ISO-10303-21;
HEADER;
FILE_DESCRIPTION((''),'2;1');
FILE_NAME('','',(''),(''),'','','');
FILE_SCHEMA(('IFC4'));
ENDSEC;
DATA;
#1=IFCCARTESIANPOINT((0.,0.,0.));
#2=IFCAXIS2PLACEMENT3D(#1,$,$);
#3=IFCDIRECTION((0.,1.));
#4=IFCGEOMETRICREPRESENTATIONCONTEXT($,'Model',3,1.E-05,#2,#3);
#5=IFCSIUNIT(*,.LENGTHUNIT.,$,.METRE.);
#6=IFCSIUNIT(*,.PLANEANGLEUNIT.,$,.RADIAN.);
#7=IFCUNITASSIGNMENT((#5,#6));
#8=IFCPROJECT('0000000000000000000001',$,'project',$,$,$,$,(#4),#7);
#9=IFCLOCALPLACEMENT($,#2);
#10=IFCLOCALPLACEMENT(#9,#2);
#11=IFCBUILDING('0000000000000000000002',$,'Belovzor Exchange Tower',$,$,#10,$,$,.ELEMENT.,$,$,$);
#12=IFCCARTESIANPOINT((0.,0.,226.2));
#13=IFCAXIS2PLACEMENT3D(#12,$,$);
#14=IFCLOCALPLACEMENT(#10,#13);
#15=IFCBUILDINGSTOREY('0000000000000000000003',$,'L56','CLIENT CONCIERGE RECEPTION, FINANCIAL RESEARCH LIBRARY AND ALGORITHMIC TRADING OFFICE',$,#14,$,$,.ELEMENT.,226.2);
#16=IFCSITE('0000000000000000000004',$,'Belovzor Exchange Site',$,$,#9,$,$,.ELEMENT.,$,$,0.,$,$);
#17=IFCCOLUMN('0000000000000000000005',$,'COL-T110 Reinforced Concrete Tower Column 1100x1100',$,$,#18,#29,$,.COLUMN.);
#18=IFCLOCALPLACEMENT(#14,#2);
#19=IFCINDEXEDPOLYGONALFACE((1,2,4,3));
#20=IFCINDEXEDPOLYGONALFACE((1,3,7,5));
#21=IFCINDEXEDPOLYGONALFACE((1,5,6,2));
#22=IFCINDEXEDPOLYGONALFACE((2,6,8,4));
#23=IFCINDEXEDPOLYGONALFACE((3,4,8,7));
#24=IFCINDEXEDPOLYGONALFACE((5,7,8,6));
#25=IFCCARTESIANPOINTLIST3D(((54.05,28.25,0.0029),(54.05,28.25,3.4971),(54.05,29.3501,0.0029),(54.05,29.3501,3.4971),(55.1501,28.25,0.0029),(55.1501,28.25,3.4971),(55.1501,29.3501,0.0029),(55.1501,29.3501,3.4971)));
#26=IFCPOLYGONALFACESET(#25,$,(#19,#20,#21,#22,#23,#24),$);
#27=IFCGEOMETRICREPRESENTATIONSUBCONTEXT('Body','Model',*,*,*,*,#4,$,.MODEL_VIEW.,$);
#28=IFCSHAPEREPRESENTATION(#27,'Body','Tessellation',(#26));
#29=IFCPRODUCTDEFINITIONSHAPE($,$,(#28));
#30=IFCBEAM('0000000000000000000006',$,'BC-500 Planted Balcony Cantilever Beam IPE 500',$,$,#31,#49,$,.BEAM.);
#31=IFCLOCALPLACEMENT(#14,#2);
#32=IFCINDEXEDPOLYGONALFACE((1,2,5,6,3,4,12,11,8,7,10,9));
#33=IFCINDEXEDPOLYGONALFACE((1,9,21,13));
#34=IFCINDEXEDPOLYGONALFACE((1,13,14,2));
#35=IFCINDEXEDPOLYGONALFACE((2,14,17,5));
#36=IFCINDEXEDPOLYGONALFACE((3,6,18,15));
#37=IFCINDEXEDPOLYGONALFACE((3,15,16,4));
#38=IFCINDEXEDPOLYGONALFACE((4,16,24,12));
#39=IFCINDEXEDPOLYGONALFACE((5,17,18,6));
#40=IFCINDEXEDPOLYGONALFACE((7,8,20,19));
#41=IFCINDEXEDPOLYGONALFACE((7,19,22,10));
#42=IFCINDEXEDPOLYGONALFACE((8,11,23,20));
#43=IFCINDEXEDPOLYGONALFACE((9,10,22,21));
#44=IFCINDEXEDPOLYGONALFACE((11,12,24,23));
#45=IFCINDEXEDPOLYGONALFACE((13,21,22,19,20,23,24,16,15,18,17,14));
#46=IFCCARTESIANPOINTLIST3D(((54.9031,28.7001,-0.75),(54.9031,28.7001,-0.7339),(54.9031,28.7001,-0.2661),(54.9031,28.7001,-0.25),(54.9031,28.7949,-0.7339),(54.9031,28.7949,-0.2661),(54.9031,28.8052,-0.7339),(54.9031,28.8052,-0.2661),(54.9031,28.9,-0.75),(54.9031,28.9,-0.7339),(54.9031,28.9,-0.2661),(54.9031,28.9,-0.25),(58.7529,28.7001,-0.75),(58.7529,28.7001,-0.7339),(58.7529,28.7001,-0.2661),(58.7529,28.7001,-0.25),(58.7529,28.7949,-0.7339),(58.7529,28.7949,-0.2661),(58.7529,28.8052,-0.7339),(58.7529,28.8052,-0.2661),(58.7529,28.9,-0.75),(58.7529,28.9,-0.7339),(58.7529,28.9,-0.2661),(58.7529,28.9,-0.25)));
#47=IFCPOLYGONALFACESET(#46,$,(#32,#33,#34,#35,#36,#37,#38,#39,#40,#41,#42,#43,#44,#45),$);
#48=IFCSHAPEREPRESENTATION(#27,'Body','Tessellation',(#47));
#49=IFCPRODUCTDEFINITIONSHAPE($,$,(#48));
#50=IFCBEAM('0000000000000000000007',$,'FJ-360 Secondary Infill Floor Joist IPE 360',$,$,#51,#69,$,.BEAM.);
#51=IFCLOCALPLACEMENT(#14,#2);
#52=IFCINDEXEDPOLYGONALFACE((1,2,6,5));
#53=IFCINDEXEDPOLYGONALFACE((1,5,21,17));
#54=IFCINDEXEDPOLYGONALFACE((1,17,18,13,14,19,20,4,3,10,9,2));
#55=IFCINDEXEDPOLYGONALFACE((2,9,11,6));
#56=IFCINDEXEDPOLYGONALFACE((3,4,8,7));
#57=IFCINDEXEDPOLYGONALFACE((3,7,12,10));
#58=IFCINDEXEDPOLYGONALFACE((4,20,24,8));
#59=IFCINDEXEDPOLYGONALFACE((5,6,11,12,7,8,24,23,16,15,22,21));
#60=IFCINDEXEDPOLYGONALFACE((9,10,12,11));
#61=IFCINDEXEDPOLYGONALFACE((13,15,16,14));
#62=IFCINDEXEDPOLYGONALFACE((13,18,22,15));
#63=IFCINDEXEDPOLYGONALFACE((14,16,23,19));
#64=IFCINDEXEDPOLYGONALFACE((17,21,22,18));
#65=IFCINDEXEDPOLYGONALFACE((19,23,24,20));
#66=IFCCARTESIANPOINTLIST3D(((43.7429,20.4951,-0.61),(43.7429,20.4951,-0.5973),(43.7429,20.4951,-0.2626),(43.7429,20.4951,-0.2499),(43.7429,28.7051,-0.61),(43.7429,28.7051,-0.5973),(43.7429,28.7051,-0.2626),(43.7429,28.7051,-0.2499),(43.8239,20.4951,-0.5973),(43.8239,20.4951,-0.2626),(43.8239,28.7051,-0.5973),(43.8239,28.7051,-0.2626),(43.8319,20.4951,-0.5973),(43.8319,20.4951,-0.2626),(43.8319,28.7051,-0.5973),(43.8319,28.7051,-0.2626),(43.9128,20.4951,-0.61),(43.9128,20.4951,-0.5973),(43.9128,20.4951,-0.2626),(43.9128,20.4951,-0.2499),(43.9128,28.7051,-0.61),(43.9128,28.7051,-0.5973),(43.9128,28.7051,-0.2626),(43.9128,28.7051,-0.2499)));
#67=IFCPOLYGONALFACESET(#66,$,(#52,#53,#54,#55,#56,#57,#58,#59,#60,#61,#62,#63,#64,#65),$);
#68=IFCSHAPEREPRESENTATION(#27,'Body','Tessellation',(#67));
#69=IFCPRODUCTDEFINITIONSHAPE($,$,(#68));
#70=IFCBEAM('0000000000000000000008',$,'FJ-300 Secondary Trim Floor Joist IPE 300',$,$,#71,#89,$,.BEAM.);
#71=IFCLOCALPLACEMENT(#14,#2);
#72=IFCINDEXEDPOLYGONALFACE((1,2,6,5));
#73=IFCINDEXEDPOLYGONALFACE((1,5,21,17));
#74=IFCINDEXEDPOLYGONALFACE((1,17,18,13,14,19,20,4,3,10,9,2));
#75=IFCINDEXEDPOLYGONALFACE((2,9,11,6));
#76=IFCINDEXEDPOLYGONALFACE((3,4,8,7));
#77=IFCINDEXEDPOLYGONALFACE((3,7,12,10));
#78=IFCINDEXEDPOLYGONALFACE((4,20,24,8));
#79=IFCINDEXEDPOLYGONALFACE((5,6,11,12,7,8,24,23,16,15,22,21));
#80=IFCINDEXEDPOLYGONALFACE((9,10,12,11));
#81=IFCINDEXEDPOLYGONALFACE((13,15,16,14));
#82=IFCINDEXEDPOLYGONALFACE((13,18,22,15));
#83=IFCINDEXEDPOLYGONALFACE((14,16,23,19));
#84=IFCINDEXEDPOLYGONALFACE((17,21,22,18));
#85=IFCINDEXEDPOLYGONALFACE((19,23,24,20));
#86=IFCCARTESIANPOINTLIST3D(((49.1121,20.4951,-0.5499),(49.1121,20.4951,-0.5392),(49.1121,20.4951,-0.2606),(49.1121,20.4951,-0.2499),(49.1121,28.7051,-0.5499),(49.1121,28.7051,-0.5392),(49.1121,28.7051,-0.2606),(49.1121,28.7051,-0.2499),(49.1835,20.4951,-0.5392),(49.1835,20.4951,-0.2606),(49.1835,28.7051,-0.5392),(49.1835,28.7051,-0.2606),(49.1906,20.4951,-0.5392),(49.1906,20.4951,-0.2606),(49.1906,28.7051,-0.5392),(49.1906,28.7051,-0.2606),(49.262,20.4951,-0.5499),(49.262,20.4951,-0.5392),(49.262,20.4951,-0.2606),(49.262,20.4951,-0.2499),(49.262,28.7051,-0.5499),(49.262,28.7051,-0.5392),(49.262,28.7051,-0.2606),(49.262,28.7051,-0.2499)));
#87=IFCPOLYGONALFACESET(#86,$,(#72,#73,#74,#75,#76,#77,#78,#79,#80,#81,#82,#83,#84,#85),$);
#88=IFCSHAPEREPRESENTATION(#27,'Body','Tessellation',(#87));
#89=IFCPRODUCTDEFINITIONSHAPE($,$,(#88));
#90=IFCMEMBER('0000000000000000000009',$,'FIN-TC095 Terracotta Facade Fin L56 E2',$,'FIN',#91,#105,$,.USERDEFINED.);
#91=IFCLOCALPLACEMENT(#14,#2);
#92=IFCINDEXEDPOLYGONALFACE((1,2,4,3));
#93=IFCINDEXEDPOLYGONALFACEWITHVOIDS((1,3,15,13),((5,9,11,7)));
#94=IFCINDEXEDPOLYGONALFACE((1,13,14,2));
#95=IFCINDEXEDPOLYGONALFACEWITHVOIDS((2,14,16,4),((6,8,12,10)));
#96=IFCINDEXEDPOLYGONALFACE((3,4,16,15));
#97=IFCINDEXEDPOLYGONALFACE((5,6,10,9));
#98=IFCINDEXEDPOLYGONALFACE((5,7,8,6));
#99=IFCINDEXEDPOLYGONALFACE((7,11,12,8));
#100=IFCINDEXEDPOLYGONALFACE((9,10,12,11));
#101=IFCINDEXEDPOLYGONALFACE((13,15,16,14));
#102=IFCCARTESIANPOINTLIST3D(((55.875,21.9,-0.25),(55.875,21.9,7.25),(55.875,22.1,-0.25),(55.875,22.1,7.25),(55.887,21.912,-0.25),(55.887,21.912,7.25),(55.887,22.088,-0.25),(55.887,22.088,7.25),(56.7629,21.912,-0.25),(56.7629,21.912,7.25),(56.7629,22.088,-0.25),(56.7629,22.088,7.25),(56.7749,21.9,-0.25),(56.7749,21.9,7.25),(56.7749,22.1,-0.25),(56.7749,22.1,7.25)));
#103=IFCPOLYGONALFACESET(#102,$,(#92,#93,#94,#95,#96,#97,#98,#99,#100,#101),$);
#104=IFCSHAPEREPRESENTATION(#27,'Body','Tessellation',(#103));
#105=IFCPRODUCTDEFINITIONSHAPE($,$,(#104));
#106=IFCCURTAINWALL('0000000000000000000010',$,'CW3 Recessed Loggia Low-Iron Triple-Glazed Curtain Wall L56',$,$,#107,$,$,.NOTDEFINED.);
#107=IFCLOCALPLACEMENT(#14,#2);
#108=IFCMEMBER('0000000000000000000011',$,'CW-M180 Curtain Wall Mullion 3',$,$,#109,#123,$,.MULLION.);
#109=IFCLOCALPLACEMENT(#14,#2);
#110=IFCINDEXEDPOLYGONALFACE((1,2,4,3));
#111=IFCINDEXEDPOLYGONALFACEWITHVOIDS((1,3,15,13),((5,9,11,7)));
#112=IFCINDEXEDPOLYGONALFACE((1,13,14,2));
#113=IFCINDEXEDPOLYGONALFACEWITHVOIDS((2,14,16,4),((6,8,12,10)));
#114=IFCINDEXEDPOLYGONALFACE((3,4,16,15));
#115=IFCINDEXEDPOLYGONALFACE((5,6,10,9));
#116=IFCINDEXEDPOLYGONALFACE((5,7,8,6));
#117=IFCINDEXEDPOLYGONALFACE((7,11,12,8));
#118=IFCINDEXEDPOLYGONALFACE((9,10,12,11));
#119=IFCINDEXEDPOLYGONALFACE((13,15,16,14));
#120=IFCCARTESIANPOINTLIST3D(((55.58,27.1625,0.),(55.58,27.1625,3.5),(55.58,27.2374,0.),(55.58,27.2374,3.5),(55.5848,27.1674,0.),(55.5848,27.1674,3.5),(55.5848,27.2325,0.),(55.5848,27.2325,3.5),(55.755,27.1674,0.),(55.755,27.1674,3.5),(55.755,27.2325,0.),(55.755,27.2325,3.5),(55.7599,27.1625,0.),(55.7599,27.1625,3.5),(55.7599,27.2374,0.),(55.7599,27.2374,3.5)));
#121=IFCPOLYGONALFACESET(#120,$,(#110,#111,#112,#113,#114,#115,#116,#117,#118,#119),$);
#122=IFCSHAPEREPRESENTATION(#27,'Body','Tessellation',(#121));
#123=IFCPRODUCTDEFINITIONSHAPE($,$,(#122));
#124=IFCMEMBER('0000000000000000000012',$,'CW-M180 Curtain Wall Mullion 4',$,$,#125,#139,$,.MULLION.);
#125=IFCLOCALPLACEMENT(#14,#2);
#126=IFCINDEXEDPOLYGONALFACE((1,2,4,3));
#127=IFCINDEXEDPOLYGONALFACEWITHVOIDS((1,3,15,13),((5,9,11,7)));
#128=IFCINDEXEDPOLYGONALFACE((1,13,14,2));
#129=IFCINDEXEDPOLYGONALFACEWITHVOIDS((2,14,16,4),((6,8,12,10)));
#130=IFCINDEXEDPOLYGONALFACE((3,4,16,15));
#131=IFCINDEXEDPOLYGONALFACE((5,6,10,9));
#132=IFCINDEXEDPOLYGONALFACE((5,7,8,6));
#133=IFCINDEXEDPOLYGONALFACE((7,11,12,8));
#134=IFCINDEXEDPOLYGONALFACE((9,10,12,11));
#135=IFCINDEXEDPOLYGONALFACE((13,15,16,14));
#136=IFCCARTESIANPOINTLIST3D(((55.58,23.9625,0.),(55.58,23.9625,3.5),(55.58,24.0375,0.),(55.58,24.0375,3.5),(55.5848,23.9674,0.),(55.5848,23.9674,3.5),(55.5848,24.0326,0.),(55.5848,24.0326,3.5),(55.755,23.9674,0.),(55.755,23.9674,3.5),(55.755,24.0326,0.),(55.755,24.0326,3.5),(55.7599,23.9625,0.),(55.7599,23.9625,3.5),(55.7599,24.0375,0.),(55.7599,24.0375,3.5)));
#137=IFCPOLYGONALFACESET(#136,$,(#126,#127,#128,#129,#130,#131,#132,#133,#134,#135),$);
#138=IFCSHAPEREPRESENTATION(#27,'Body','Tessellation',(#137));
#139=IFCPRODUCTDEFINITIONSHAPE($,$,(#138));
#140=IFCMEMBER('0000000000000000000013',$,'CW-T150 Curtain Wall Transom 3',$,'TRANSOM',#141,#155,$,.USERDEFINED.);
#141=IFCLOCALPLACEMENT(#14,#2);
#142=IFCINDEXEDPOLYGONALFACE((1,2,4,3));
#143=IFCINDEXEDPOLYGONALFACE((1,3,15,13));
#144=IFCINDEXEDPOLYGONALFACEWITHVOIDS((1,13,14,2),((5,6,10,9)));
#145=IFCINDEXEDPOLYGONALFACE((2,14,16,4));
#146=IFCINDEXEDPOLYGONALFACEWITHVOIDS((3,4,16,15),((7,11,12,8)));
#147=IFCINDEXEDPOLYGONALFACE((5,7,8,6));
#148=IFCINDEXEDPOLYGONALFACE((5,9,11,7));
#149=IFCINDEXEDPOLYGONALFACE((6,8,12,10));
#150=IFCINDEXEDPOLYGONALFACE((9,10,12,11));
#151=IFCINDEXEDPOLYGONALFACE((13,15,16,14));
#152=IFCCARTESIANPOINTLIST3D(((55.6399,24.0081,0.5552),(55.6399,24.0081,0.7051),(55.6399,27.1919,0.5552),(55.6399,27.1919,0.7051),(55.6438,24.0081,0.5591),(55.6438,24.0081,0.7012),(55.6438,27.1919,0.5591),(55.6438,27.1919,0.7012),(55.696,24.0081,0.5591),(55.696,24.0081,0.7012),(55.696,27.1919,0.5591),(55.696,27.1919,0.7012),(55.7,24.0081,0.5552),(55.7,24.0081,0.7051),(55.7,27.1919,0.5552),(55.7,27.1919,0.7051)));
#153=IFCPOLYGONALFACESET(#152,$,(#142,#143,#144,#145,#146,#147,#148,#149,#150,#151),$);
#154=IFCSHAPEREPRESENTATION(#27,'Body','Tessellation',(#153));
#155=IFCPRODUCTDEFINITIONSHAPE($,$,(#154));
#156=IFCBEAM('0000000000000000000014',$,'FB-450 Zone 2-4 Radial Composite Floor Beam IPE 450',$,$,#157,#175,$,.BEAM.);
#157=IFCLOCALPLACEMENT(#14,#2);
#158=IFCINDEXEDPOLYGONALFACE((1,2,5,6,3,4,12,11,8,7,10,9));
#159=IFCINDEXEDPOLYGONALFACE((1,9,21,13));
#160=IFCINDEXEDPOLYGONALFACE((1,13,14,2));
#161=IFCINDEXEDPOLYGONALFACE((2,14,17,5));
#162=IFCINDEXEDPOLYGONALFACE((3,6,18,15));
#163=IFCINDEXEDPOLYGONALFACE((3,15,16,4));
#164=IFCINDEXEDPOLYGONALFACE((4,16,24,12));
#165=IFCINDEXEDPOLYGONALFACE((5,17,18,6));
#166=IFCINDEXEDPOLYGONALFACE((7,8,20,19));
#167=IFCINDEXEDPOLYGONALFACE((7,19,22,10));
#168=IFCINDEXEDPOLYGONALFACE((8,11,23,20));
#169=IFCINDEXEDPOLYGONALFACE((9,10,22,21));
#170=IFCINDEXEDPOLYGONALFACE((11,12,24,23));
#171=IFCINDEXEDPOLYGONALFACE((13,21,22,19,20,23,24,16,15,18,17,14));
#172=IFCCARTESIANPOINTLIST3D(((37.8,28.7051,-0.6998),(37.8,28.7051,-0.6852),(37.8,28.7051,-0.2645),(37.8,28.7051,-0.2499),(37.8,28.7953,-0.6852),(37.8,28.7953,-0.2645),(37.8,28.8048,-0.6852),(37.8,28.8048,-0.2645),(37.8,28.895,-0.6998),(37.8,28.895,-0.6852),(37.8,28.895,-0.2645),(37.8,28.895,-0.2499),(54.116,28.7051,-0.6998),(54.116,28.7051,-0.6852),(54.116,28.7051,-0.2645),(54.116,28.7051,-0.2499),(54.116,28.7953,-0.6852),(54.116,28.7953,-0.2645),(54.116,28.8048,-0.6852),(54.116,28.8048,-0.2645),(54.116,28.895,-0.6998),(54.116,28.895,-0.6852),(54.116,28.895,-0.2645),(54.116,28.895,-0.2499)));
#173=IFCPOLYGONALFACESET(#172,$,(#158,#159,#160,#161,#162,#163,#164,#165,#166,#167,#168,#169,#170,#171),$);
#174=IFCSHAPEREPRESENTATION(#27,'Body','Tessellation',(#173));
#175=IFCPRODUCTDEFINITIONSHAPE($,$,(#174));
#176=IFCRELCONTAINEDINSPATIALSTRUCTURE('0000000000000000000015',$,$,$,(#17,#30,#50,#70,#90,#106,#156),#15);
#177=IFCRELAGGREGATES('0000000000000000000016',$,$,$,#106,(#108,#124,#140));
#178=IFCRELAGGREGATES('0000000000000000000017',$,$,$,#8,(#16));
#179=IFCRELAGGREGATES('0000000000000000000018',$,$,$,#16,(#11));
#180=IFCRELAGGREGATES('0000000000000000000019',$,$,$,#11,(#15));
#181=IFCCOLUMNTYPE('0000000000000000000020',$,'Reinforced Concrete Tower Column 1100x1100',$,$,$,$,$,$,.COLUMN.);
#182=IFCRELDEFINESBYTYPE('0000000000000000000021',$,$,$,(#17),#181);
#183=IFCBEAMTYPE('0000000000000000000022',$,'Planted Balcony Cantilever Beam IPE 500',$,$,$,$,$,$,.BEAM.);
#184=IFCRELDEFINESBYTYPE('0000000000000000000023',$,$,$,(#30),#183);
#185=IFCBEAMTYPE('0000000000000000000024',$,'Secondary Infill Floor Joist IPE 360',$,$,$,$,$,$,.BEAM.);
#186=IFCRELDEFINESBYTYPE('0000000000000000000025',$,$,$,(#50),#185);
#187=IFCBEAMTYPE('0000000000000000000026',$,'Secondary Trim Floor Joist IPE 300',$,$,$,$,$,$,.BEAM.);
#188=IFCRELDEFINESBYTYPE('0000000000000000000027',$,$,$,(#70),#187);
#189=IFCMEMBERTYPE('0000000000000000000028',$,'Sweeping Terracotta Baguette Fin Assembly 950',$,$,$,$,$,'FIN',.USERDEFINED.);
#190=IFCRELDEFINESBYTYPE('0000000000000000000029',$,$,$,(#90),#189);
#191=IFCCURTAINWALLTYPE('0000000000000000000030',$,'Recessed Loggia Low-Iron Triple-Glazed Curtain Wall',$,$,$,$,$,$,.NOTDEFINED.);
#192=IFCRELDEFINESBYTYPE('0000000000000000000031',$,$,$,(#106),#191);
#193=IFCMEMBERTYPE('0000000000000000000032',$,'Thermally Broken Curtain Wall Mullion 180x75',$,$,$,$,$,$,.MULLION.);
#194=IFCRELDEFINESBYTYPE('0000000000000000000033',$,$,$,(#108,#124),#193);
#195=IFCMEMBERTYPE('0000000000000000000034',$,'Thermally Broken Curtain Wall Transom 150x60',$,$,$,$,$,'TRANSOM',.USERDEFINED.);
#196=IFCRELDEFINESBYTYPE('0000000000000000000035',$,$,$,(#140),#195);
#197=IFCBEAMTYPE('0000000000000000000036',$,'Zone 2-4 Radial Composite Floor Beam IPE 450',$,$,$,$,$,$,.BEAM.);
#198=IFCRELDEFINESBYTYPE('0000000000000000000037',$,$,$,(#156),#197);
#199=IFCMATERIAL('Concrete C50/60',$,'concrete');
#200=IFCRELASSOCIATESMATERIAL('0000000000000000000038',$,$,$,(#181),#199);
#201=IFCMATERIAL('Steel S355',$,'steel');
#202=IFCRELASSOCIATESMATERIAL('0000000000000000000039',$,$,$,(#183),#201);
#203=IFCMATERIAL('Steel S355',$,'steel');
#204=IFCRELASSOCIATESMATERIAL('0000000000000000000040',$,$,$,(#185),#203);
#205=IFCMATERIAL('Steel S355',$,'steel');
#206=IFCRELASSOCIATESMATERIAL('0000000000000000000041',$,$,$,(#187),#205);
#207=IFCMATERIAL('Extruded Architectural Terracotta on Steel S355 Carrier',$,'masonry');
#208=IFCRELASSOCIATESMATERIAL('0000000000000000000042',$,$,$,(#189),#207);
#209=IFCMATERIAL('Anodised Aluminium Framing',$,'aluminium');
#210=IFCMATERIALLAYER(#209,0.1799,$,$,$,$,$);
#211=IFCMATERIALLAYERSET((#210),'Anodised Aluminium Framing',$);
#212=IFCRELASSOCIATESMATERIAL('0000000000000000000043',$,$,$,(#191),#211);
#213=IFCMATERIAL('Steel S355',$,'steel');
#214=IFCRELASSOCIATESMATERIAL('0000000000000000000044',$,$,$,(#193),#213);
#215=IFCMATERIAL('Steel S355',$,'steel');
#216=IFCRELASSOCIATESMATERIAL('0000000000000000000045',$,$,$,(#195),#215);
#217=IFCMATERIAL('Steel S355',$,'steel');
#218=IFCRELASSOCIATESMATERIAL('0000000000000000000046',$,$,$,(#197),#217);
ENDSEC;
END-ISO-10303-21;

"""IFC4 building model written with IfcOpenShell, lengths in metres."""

from ifc_helpers import new_model, si_unit, direction, frame, origin, origin_2d, place, context, subcontext, project, spatial, rectangle, hollow_rectangle, i_section, extrude, material, layer, layer_set, material_profile, profile_set, type_object, element, aggregate, save


model = new_model("IFC4")

# Units and contexts
model_context = context("Model", 3, precision=1e-05, world=origin(), true_north=direction((0.0, 1.0)))
body_context = subcontext(model_context, "Body", "Model", "MODEL_VIEW")
ifc_project = project(units=[si_unit("LENGTHUNIT", "METRE"), si_unit("PLANEANGLEUNIT", "RADIAN")], contexts=[model_context])

# Site, building, storey
site_placement = place(None, origin())
site = spatial("IfcSite", under=ifc_project, at=site_placement, Name="Belovzor Exchange Site", CompositionType="ELEMENT", RefElevation=0.0)
building_placement = place(site_placement, origin())
building = spatial("IfcBuilding", under=site, at=building_placement, Name="Belovzor Exchange Tower", CompositionType="ELEMENT")
storey_placement = place(building_placement, frame((0.0, 0.0, 226.2)))
storey = spatial("IfcBuildingStorey", under=building, at=storey_placement, Name="L56", Description="CLIENT CONCIERGE RECEPTION, FINANCIAL RESEARCH LIBRARY AND ALGORITHMIC TRADING OFFICE", CompositionType="ELEMENT", Elevation=226.2)

# Column
ifc_material_1 = material(Name="Concrete C50/60", Category="concrete")
ifc_material_profile_1 = material_profile(ifc_material_1, rectangle(XDim=1.1001, YDim=1.1001, at=origin_2d()))
ifc_profile_set_1 = profile_set([ifc_material_profile_1], Name="Concrete C50/60")
column_type = type_object("IfcColumnType", Name="Reinforced Concrete Tower Column 1100x1100", PredefinedType="COLUMN", material=ifc_profile_set_1)
column_placement = place(storey_placement, frame((54.6001, 28.8, 0.0029), z_axis=(0.0, 0.0, 1.0), x_axis=(1.0, 0.0, 0.0)))
element("IfcColumn", 1, at=column_placement, inside=storey, type_object=column_type, Name="COL-T110 Reinforced Concrete Tower Column 1100x1100", PredefinedType="COLUMN", context=body_context, shape_type="SweptSolid", body=[
    extrude(rectangle(XDim=1.1001, YDim=1.1001, at=origin_2d()), origin(), (0.0, 0.0, 1.0), 3.4941),
])

# Beams
ifc_material_2 = material(Name="Steel S355", Category="steel")
ifc_material_profile_2 = material_profile(ifc_material_2, i_section(OverallWidth=0.2, OverallDepth=0.5, WebThickness=0.0103, FlangeThickness=0.0161, at=origin_2d()))
ifc_profile_set_2 = profile_set([ifc_material_profile_2], Name="Steel S355")
beam_type_1 = type_object("IfcBeamType", Name="Planted Balcony Cantilever Beam IPE 500", PredefinedType="BEAM", material=ifc_profile_set_2)
beam_1_placement = place(storey_placement, frame((54.9031, 28.8, -0.5), z_axis=(1.0, 0.0, 0.0), x_axis=(0.0, 1.0, 0.0)))
element("IfcBeam", 2, at=beam_1_placement, inside=storey, type_object=beam_type_1, Name="BC-500 Planted Balcony Cantilever Beam IPE 500", PredefinedType="BEAM", context=body_context, shape_type="SweptSolid", body=[
    extrude(i_section(OverallWidth=0.2, OverallDepth=0.5, WebThickness=0.0103, FlangeThickness=0.0161, at=origin_2d()), origin(), (0.0, 0.0, 1.0), 3.8499),
])
ifc_material_3 = material(Name="Steel S355", Category="steel")
ifc_material_profile_3 = material_profile(ifc_material_3, i_section(OverallWidth=0.1699, OverallDepth=0.3601, WebThickness=0.0081, FlangeThickness=0.0127, at=origin_2d()))
ifc_profile_set_3 = profile_set([ifc_material_profile_3], Name="Steel S355")
beam_type_2 = type_object("IfcBeamType", Name="Secondary Infill Floor Joist IPE 360", PredefinedType="BEAM", material=ifc_profile_set_3)
beam_2_placement = place(storey_placement, frame((43.8279, 20.4951, -0.4299), z_axis=(0.0, 1.0, 0.0), x_axis=(-1.0, 0.0, 0.0)))
element("IfcBeam", 3, at=beam_2_placement, inside=storey, type_object=beam_type_2, Name="FJ-360 Secondary Infill Floor Joist IPE 360", PredefinedType="BEAM", context=body_context, shape_type="SweptSolid", body=[
    extrude(i_section(OverallWidth=0.1699, OverallDepth=0.3601, WebThickness=0.0081, FlangeThickness=0.0127, at=origin_2d()), origin(), (0.0, 0.0, 1.0), 8.21),
])
ifc_material_4 = material(Name="Steel S355", Category="steel")
ifc_material_profile_4 = material_profile(ifc_material_4, i_section(OverallWidth=0.1499, OverallDepth=0.3, WebThickness=0.0071, FlangeThickness=0.0107, at=origin_2d()))
ifc_profile_set_4 = profile_set([ifc_material_profile_4], Name="Steel S355")
beam_type_3 = type_object("IfcBeamType", Name="Secondary Trim Floor Joist IPE 300", PredefinedType="BEAM", material=ifc_profile_set_4)
beam_3_placement = place(storey_placement, frame((49.187, 20.4951, -0.3999), z_axis=(0.0, 1.0, 0.0), x_axis=(-1.0, 0.0, 0.0)))
element("IfcBeam", 4, at=beam_3_placement, inside=storey, type_object=beam_type_3, Name="FJ-300 Secondary Trim Floor Joist IPE 300", PredefinedType="BEAM", context=body_context, shape_type="SweptSolid", body=[
    extrude(i_section(OverallWidth=0.1499, OverallDepth=0.3, WebThickness=0.0071, FlangeThickness=0.0107, at=origin_2d()), origin(), (0.0, 0.0, 1.0), 8.21),
])

# Member
ifc_material_5 = material(Name="Extruded Architectural Terracotta on Steel S355 Carrier", Category="masonry")
ifc_material_profile_5 = material_profile(ifc_material_5, hollow_rectangle(XDim=0.2, YDim=0.8999, WallThickness=0.012, at=origin_2d()))
ifc_profile_set_5 = profile_set([ifc_material_profile_5], Name="Extruded Architectural Terracotta on Steel S355 Carrier")
member_type_1 = type_object("IfcMemberType", Name="Sweeping Terracotta Baguette Fin Assembly 950", ElementType="FIN", PredefinedType="USERDEFINED", material=ifc_profile_set_5)
member_1_placement = place(storey_placement, frame((56.325, 22.0, -0.25), z_axis=(0.0, 0.0, 1.0), x_axis=(0.0, 1.0, 0.0)))
element("IfcMember", 5, at=member_1_placement, inside=storey, type_object=member_type_1, Name="FIN-TC095 Terracotta Facade Fin L56 E2", ObjectType="FIN", PredefinedType="USERDEFINED", context=body_context, shape_type="SweptSolid", body=[
    extrude(hollow_rectangle(XDim=0.2, YDim=0.8999, WallThickness=0.012, at=origin_2d()), origin(), (0.0, 0.0, 1.0), 7.5),
])

# Curtain wall, members
ifc_material_6 = material(Name="Anodised Aluminium Framing", Category="aluminium")
ifc_layer_1 = layer(ifc_material_6, 0.1799)
ifc_layer_set_1 = layer_set([ifc_layer_1], Name="Anodised Aluminium Framing")
curtain_wall_type = type_object("IfcCurtainWallType", Name="Recessed Loggia Low-Iron Triple-Glazed Curtain Wall", PredefinedType="NOTDEFINED", material=ifc_layer_set_1)
curtain_wall_placement = place(storey_placement, origin())
curtain_wall = element("IfcCurtainWall", 6, at=curtain_wall_placement, inside=storey, type_object=curtain_wall_type, Name="CW3 Recessed Loggia Low-Iron Triple-Glazed Curtain Wall L56", PredefinedType="NOTDEFINED")
ifc_material_7 = material(Name="Steel S355", Category="steel")
ifc_material_profile_6 = material_profile(ifc_material_7, hollow_rectangle(XDim=0.075, YDim=0.1799, WallThickness=0.0049, at=origin_2d()))
ifc_profile_set_6 = profile_set([ifc_material_profile_6], Name="Steel S355")
member_type_2 = type_object("IfcMemberType", Name="Thermally Broken Curtain Wall Mullion 180x75", PredefinedType="MULLION", material=ifc_profile_set_6)
member_2_placement = place(storey_placement, frame((55.6699, 27.2, 0.0), z_axis=(0.0, 0.0, 1.0), x_axis=(0.0, -1.0, 0.0)))
member_2 = element("IfcMember", 7, at=member_2_placement, type_object=member_type_2, Name="CW-M180 Curtain Wall Mullion 3", PredefinedType="MULLION", context=body_context, shape_type="SweptSolid", body=[
    extrude(hollow_rectangle(XDim=0.075, YDim=0.1799, WallThickness=0.0049, at=origin_2d()), origin(), (0.0, 0.0, 1.0), 3.5),
])
member_3_placement = place(storey_placement, frame((55.6699, 24.0, 0.0), z_axis=(0.0, 0.0, 1.0), x_axis=(0.0, -1.0, 0.0)))
member_3 = element("IfcMember", 8, at=member_3_placement, type_object=member_type_2, Name="CW-M180 Curtain Wall Mullion 4", PredefinedType="MULLION", context=body_context, shape_type="SweptSolid", body=[
    extrude(hollow_rectangle(XDim=0.075, YDim=0.1799, WallThickness=0.0049, at=origin_2d()), origin(), (0.0, 0.0, 1.0), 3.5),
])
ifc_material_8 = material(Name="Steel S355", Category="steel")
ifc_material_profile_7 = material_profile(ifc_material_8, hollow_rectangle(XDim=0.0601, YDim=0.1499, WallThickness=0.0039, at=origin_2d()))
ifc_profile_set_7 = profile_set([ifc_material_profile_7], Name="Steel S355")
member_type_3 = type_object("IfcMemberType", Name="Thermally Broken Curtain Wall Transom 150x60", ElementType="TRANSOM", PredefinedType="USERDEFINED", material=ifc_profile_set_7)
member_4_placement = place(storey_placement, frame((55.6699, 27.1919, 0.6301), z_axis=(0.0, -1.0, 0.0), x_axis=(1.0, 0.0, 0.0)))
member_4 = element("IfcMember", 9, at=member_4_placement, type_object=member_type_3, Name="CW-T150 Curtain Wall Transom 3", ObjectType="TRANSOM", PredefinedType="USERDEFINED", context=body_context, shape_type="SweptSolid", body=[
    extrude(hollow_rectangle(XDim=0.0601, YDim=0.1499, WallThickness=0.0039, at=origin_2d()), origin(), (0.0, 0.0, 1.0), 3.1838),
])

# Beam
ifc_material_9 = material(Name="Steel S355", Category="steel")
ifc_material_profile_8 = material_profile(ifc_material_9, i_section(OverallWidth=0.1899, OverallDepth=0.45, WebThickness=0.0095, FlangeThickness=0.0146, at=origin_2d()))
ifc_profile_set_8 = profile_set([ifc_material_profile_8], Name="Steel S355")
beam_type_4 = type_object("IfcBeamType", Name="Zone 2-4 Radial Composite Floor Beam IPE 450", PredefinedType="BEAM", material=ifc_profile_set_8)
beam_4_placement = place(storey_placement, frame((37.8, 28.8, -0.4749), z_axis=(1.0, 0.0, 0.0), x_axis=(0.0, 1.0, 0.0)))
element("IfcBeam", 10, at=beam_4_placement, inside=storey, type_object=beam_type_4, Name="FB-450 Zone 2-4 Radial Composite Floor Beam IPE 450", PredefinedType="BEAM", context=body_context, shape_type="SweptSolid", body=[
    extrude(i_section(OverallWidth=0.1899, OverallDepth=0.45, WebThickness=0.0095, FlangeThickness=0.0146, at=origin_2d()), origin(), (0.0, 0.0, 1.0), 16.3159),
])

aggregate(curtain_wall, [member_2, member_3, member_4])

save(model, "model.ifc")
